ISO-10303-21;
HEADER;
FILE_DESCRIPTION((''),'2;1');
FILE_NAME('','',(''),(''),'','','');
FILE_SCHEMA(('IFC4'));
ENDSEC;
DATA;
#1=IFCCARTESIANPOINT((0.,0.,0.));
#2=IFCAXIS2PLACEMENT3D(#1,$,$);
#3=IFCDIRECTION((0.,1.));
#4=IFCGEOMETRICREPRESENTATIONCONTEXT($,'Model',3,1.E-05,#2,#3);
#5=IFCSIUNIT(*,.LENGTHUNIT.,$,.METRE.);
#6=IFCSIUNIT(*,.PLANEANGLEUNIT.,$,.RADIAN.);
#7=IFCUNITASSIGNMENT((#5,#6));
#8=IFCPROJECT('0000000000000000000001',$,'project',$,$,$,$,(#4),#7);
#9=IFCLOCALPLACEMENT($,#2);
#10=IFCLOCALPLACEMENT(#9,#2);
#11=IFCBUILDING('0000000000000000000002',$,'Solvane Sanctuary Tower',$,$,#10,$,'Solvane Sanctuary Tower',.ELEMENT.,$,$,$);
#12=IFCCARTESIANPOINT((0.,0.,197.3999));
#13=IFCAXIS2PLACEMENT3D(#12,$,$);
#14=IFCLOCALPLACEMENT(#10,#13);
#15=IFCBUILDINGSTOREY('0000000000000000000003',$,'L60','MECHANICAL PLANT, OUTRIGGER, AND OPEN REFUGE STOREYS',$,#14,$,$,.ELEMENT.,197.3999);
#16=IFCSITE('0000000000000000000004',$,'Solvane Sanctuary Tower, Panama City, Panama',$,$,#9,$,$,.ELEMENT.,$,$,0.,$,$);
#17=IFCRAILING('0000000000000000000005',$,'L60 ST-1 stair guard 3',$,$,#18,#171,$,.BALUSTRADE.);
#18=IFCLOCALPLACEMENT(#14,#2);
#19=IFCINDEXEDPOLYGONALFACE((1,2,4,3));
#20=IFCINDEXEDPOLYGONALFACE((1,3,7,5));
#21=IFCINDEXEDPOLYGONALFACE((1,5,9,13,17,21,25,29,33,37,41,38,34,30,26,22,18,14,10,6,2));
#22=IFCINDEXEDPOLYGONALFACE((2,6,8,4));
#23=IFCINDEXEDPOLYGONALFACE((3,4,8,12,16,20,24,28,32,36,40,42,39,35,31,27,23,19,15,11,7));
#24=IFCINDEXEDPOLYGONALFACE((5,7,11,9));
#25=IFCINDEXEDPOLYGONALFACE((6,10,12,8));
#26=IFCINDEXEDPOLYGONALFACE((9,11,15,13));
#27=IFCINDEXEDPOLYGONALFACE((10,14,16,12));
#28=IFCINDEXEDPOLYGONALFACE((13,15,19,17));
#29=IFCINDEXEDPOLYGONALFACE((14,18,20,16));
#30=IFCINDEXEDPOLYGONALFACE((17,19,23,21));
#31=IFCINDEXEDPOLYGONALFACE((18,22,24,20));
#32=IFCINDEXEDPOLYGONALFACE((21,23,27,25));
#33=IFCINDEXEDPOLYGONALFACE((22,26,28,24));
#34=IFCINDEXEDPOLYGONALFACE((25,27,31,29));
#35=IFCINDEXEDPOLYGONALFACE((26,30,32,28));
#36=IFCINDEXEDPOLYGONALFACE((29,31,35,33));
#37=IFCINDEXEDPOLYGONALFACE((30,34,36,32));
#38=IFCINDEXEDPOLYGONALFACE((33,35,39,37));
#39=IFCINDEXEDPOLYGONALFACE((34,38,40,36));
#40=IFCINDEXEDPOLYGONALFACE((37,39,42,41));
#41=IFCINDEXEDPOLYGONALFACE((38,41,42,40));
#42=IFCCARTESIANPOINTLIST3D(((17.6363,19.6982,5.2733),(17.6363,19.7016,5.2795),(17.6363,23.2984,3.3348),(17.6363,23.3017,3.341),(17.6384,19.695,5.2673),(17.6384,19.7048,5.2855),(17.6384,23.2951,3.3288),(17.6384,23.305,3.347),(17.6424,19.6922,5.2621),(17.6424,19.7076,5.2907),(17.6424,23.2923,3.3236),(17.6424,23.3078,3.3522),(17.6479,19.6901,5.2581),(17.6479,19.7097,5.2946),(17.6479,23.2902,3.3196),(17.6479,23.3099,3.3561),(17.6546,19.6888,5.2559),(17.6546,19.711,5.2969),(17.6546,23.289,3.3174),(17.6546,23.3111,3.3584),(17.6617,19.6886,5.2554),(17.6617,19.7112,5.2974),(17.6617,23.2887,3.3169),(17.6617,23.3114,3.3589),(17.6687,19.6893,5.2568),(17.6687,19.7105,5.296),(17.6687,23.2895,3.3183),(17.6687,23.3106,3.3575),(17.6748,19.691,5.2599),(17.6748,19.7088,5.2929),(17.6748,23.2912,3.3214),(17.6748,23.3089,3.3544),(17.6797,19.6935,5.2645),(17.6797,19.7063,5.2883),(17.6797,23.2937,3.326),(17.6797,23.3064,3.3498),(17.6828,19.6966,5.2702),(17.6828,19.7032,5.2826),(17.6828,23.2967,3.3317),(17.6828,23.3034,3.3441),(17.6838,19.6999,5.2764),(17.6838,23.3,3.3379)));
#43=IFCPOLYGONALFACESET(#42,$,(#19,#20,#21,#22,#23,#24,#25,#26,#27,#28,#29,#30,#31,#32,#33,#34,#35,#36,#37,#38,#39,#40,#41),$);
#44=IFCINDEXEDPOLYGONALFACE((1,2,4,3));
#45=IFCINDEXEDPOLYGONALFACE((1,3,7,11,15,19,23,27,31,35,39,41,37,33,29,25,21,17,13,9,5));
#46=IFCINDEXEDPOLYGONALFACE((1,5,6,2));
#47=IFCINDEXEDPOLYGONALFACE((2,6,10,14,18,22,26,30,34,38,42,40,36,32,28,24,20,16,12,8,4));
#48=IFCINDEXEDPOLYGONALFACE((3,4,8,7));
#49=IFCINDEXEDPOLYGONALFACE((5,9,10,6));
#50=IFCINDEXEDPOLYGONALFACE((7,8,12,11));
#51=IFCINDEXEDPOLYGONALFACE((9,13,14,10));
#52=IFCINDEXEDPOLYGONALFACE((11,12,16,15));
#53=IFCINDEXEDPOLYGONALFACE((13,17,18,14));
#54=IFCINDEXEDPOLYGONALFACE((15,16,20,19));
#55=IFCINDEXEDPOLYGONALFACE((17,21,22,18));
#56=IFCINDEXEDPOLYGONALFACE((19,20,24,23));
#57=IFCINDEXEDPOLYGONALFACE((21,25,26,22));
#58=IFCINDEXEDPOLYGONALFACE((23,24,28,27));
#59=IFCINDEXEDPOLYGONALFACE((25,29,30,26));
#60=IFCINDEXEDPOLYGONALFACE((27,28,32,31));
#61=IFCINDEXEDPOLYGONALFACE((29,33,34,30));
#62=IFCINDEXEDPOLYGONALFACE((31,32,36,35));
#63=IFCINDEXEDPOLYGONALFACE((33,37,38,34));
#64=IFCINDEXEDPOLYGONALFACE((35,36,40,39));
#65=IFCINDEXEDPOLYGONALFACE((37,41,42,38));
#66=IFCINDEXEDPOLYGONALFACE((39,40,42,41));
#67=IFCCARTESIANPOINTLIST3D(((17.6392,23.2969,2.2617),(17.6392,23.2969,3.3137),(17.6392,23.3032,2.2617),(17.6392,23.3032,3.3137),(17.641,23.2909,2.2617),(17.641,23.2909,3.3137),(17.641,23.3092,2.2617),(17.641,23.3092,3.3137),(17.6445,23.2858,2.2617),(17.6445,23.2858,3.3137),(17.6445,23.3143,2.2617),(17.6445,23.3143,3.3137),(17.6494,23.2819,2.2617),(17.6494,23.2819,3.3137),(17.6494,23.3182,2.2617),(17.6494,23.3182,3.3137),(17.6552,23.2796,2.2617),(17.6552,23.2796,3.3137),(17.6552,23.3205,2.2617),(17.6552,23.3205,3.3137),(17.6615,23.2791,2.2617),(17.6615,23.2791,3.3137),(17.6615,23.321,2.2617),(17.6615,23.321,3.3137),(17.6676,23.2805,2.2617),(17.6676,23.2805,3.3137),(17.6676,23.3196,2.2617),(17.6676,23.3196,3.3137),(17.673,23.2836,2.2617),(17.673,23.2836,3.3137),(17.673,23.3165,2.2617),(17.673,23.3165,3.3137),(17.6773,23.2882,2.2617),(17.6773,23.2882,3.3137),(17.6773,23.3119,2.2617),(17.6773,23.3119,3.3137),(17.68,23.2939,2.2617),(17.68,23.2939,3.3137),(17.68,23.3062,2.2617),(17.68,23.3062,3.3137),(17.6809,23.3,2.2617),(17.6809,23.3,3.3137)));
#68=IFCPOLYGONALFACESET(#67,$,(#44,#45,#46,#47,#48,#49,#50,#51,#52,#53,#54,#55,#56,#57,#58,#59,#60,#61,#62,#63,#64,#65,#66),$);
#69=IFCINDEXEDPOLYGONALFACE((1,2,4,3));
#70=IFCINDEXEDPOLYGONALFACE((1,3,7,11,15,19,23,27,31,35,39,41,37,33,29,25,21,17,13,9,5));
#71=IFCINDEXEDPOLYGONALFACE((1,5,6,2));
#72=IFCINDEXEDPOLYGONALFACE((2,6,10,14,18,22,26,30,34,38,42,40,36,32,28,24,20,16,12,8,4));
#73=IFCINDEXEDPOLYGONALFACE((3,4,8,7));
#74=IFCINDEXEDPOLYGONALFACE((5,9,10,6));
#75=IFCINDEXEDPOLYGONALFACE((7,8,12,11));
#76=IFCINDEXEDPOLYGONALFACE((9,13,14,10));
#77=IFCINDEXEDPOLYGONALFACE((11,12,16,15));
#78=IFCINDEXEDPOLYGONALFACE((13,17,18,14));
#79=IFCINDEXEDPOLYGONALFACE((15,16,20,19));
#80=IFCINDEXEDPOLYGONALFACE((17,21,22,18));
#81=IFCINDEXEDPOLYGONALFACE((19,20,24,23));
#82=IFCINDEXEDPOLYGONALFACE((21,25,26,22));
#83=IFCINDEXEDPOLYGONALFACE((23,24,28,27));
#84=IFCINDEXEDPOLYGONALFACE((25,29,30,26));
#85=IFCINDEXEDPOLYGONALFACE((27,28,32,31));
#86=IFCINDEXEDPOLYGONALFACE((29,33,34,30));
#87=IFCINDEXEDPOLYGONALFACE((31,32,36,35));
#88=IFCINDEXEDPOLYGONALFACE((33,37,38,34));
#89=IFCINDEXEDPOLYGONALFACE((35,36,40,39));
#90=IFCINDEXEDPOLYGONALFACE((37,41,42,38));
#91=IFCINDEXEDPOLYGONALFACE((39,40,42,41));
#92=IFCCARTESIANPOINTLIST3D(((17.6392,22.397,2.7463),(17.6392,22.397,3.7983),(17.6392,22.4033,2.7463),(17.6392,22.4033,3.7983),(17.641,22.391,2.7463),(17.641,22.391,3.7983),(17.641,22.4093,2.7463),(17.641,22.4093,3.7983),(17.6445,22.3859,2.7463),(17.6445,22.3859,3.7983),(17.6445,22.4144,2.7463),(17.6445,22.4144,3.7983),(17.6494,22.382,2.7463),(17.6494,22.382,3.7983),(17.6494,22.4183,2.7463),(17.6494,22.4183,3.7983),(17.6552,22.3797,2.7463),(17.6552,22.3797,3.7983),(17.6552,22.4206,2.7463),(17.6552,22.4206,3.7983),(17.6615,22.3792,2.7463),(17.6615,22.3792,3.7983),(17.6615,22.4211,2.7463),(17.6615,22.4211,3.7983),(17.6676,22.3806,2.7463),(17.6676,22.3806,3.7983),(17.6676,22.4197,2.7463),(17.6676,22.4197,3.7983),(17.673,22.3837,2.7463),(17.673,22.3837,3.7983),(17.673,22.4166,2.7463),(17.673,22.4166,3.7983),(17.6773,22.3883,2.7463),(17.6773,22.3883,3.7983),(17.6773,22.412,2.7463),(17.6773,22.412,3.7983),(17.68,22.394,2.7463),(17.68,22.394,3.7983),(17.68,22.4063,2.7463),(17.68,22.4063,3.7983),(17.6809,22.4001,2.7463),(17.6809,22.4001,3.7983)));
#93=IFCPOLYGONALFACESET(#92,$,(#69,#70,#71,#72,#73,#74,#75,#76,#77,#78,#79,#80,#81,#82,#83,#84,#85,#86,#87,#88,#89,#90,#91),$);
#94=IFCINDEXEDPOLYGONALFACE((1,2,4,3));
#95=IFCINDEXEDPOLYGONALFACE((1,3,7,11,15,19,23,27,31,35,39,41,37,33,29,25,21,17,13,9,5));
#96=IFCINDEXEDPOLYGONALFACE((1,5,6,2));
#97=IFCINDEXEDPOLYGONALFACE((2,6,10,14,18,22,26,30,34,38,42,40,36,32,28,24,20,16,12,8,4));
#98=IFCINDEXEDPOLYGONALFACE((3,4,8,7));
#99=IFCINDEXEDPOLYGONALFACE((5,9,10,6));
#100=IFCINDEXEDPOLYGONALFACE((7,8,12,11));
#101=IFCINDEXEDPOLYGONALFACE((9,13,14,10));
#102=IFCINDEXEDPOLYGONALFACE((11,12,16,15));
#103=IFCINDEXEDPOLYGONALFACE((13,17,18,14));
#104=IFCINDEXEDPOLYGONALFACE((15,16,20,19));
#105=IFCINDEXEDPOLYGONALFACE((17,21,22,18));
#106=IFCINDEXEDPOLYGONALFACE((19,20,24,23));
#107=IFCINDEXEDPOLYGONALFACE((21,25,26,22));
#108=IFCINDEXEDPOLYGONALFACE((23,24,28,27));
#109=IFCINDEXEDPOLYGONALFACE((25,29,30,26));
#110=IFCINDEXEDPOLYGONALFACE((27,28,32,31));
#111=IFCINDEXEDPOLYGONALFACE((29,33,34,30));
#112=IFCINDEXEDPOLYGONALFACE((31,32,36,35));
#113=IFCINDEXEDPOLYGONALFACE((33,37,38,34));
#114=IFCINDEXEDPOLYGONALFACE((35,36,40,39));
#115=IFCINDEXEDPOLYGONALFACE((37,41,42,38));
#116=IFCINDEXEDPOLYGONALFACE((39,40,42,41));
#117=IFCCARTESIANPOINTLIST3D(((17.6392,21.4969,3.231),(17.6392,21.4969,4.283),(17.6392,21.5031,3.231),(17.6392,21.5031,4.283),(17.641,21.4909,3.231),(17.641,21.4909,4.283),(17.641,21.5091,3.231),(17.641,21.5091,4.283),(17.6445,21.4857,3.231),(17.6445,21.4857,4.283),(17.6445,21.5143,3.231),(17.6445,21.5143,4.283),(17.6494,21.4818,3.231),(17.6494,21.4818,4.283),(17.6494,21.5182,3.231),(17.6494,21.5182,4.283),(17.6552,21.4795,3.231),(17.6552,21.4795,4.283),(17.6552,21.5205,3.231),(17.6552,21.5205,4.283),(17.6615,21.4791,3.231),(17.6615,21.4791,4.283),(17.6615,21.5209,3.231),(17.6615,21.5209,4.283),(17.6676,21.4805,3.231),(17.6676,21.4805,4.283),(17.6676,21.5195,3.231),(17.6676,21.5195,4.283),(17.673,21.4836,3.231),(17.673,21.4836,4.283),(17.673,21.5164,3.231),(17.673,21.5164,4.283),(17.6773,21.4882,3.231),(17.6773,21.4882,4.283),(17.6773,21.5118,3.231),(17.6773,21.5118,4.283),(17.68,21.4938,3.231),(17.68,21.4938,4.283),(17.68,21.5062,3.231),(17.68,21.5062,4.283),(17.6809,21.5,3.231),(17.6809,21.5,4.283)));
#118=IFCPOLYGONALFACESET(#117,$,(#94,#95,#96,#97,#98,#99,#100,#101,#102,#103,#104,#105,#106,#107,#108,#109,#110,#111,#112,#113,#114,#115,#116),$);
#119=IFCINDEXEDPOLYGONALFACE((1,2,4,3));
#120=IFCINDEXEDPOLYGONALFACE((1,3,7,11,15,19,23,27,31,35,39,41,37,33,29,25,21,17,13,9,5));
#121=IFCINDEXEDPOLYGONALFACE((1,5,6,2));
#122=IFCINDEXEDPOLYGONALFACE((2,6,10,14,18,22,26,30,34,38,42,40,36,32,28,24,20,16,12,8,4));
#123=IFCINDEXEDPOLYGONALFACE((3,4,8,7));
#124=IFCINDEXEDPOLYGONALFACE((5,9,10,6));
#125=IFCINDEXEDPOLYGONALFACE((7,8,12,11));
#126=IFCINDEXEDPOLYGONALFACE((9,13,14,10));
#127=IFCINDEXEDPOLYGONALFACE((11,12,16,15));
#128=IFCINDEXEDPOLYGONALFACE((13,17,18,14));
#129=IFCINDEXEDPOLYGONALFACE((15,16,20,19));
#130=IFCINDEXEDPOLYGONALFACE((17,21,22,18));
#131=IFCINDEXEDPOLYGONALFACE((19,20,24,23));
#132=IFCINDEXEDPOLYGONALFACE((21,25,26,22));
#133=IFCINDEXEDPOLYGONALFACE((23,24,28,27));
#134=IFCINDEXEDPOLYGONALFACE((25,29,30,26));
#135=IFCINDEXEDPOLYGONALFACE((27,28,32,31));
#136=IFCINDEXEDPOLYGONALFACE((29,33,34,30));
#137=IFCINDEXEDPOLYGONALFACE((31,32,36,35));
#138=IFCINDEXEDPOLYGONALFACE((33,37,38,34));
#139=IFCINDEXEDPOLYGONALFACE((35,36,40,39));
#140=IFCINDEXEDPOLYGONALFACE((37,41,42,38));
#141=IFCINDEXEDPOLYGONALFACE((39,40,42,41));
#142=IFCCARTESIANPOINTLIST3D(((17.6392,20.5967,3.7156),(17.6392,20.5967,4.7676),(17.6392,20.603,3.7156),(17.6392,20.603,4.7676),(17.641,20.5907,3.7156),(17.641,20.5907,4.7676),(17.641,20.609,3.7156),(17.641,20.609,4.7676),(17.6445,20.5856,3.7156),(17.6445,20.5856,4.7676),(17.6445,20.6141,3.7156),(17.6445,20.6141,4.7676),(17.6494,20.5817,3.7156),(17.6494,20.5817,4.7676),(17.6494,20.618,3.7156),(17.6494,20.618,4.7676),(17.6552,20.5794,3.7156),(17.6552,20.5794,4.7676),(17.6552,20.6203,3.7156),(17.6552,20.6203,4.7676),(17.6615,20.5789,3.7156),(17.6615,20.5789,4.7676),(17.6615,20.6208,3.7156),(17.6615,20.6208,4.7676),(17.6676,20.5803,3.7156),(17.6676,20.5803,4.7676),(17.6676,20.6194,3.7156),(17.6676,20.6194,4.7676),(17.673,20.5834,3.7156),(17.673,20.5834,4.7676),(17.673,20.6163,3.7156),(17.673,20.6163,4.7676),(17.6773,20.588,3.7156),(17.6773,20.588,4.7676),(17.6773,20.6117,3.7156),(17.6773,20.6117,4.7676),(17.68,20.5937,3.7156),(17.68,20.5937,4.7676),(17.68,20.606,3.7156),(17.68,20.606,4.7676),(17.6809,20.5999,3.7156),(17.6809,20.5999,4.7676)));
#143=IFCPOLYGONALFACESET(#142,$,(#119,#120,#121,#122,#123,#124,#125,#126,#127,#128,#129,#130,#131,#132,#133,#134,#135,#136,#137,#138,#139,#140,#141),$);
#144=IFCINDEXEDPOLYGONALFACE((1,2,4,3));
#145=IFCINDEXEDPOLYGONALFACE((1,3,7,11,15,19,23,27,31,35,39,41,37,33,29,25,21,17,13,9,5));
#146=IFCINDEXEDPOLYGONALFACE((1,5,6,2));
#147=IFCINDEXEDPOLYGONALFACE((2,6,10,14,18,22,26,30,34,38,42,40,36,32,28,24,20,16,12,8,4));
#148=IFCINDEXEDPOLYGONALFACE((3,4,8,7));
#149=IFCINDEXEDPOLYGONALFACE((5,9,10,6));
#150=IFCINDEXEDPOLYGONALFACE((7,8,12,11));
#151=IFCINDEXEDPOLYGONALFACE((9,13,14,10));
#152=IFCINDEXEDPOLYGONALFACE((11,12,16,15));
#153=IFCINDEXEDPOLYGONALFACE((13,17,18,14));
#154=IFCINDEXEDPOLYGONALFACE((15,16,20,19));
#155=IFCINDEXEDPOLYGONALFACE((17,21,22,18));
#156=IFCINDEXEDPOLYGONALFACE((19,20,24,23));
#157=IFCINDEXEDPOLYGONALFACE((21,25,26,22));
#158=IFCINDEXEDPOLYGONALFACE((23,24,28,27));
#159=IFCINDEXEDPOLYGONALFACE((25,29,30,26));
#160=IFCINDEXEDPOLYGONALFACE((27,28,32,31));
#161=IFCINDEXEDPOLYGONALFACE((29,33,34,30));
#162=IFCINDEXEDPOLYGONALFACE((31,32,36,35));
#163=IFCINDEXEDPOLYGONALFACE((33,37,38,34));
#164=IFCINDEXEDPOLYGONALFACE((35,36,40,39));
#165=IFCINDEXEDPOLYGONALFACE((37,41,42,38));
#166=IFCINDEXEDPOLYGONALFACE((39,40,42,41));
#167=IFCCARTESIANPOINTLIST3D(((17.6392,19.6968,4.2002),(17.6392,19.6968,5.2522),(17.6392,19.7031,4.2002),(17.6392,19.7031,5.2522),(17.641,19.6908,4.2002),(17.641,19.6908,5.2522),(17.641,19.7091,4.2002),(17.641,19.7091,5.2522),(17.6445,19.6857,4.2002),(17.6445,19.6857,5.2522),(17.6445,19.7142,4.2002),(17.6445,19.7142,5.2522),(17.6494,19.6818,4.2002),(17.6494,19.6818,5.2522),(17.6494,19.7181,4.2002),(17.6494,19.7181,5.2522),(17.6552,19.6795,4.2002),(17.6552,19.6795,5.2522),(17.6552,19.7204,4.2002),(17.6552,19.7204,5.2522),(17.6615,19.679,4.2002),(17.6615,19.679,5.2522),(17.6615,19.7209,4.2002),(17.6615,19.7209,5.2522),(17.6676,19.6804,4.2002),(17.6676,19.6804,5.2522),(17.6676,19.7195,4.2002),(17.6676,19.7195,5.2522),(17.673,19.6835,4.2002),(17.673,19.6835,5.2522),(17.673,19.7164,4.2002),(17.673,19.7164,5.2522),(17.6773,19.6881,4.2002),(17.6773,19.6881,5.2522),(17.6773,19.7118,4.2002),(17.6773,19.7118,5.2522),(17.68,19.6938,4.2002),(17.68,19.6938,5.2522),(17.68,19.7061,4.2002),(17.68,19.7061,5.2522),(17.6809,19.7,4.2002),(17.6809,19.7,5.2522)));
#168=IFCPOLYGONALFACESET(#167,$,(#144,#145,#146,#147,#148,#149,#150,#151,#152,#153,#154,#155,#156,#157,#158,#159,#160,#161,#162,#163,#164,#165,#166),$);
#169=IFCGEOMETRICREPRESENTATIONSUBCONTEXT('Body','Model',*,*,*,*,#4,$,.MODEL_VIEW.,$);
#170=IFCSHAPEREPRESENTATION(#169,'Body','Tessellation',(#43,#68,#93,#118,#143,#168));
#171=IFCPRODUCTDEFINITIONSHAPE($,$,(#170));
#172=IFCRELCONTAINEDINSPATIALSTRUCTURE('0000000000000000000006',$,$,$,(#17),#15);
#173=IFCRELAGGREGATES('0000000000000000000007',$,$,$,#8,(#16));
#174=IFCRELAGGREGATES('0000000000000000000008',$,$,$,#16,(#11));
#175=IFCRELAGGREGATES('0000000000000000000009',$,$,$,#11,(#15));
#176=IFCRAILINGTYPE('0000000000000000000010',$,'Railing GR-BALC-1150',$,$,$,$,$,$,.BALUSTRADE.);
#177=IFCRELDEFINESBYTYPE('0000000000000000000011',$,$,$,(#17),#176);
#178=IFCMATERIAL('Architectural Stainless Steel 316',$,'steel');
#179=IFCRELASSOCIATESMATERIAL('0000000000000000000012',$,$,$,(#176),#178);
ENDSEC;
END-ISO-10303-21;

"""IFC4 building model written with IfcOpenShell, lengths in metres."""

from ifc_helpers import new_model, si_unit, direction, frame, origin, origin_2d, place, context, subcontext, project, spatial, circle, extrude, material, type_object, element, save


model = new_model("IFC4")

# Units and contexts
model_context = context("Model", 3, precision=1e-05, world=origin(), true_north=direction((0.0, 1.0)))
body_context = subcontext(model_context, "Body", "Model", "MODEL_VIEW")
ifc_project = project(units=[si_unit("LENGTHUNIT", "METRE"), si_unit("PLANEANGLEUNIT", "RADIAN")], contexts=[model_context])

# Site, building, storey
site_placement = place(None, origin())
site = spatial("IfcSite", under=ifc_project, at=site_placement, Name="Solvane Sanctuary Tower, Panama City, Panama", CompositionType="ELEMENT", RefElevation=0.0)
building_placement = place(site_placement, origin())
building = spatial("IfcBuilding", under=site, at=building_placement, Name="Solvane Sanctuary Tower", LongName="Solvane Sanctuary Tower", CompositionType="ELEMENT")
storey_placement = place(building_placement, frame((0.0, 0.0, 197.3999)))
storey = spatial("IfcBuildingStorey", under=building, at=storey_placement, Name="L60", Description="MECHANICAL PLANT, OUTRIGGER, AND OPEN REFUGE STOREYS", CompositionType="ELEMENT", Elevation=197.3999)

# Shared definitions
ifc_material_1 = material(Name="Architectural Stainless Steel 316", Category="steel")

# Railing
railing_type_1 = type_object("IfcRailingType", Name="Railing GR-BALC-1150", PredefinedType="BALUSTRADE", material=ifc_material_1)
railing_1_placement = place(storey_placement, frame((17.6599, 23.3, 2.2617)))
element("IfcRailing", 1, at=railing_1_placement, inside=storey, type_object=railing_type_1, Name="L60 ST-1 stair guard 3", PredefinedType="BALUSTRADE", context=body_context, shape_type="SweptSolid", body=[
    extrude(circle(Radius=0.0239, at=origin_2d()), frame((0.0, 0.0, 1.0762), z_axis=(0.0, -0.880475, 0.474093), x_axis=(1.0, 0.0, 0.0)), (0.0, 0.0, 1.0), 4.0889),
    extrude(circle(Radius=0.021, at=origin_2d()), origin(), (0.0, 0.0, 1.0), 1.052),
    extrude(circle(Radius=0.021, at=origin_2d()), frame((0.0, -0.8999, 0.4846)), (0.0, 0.0, 1.0), 1.052),
    extrude(circle(Radius=0.021, at=origin_2d()), frame((0.0, -1.8, 0.9692)), (0.0, 0.0, 1.0), 1.052),
    extrude(circle(Radius=0.021, at=origin_2d()), frame((0.0, -2.7002, 1.4539)), (0.0, 0.0, 1.0), 1.052),
    extrude(circle(Radius=0.021, at=origin_2d()), frame((0.0, -3.6001, 1.9385)), (0.0, 0.0, 1.0), 1.052),
])

save(model, "model.ifc")
